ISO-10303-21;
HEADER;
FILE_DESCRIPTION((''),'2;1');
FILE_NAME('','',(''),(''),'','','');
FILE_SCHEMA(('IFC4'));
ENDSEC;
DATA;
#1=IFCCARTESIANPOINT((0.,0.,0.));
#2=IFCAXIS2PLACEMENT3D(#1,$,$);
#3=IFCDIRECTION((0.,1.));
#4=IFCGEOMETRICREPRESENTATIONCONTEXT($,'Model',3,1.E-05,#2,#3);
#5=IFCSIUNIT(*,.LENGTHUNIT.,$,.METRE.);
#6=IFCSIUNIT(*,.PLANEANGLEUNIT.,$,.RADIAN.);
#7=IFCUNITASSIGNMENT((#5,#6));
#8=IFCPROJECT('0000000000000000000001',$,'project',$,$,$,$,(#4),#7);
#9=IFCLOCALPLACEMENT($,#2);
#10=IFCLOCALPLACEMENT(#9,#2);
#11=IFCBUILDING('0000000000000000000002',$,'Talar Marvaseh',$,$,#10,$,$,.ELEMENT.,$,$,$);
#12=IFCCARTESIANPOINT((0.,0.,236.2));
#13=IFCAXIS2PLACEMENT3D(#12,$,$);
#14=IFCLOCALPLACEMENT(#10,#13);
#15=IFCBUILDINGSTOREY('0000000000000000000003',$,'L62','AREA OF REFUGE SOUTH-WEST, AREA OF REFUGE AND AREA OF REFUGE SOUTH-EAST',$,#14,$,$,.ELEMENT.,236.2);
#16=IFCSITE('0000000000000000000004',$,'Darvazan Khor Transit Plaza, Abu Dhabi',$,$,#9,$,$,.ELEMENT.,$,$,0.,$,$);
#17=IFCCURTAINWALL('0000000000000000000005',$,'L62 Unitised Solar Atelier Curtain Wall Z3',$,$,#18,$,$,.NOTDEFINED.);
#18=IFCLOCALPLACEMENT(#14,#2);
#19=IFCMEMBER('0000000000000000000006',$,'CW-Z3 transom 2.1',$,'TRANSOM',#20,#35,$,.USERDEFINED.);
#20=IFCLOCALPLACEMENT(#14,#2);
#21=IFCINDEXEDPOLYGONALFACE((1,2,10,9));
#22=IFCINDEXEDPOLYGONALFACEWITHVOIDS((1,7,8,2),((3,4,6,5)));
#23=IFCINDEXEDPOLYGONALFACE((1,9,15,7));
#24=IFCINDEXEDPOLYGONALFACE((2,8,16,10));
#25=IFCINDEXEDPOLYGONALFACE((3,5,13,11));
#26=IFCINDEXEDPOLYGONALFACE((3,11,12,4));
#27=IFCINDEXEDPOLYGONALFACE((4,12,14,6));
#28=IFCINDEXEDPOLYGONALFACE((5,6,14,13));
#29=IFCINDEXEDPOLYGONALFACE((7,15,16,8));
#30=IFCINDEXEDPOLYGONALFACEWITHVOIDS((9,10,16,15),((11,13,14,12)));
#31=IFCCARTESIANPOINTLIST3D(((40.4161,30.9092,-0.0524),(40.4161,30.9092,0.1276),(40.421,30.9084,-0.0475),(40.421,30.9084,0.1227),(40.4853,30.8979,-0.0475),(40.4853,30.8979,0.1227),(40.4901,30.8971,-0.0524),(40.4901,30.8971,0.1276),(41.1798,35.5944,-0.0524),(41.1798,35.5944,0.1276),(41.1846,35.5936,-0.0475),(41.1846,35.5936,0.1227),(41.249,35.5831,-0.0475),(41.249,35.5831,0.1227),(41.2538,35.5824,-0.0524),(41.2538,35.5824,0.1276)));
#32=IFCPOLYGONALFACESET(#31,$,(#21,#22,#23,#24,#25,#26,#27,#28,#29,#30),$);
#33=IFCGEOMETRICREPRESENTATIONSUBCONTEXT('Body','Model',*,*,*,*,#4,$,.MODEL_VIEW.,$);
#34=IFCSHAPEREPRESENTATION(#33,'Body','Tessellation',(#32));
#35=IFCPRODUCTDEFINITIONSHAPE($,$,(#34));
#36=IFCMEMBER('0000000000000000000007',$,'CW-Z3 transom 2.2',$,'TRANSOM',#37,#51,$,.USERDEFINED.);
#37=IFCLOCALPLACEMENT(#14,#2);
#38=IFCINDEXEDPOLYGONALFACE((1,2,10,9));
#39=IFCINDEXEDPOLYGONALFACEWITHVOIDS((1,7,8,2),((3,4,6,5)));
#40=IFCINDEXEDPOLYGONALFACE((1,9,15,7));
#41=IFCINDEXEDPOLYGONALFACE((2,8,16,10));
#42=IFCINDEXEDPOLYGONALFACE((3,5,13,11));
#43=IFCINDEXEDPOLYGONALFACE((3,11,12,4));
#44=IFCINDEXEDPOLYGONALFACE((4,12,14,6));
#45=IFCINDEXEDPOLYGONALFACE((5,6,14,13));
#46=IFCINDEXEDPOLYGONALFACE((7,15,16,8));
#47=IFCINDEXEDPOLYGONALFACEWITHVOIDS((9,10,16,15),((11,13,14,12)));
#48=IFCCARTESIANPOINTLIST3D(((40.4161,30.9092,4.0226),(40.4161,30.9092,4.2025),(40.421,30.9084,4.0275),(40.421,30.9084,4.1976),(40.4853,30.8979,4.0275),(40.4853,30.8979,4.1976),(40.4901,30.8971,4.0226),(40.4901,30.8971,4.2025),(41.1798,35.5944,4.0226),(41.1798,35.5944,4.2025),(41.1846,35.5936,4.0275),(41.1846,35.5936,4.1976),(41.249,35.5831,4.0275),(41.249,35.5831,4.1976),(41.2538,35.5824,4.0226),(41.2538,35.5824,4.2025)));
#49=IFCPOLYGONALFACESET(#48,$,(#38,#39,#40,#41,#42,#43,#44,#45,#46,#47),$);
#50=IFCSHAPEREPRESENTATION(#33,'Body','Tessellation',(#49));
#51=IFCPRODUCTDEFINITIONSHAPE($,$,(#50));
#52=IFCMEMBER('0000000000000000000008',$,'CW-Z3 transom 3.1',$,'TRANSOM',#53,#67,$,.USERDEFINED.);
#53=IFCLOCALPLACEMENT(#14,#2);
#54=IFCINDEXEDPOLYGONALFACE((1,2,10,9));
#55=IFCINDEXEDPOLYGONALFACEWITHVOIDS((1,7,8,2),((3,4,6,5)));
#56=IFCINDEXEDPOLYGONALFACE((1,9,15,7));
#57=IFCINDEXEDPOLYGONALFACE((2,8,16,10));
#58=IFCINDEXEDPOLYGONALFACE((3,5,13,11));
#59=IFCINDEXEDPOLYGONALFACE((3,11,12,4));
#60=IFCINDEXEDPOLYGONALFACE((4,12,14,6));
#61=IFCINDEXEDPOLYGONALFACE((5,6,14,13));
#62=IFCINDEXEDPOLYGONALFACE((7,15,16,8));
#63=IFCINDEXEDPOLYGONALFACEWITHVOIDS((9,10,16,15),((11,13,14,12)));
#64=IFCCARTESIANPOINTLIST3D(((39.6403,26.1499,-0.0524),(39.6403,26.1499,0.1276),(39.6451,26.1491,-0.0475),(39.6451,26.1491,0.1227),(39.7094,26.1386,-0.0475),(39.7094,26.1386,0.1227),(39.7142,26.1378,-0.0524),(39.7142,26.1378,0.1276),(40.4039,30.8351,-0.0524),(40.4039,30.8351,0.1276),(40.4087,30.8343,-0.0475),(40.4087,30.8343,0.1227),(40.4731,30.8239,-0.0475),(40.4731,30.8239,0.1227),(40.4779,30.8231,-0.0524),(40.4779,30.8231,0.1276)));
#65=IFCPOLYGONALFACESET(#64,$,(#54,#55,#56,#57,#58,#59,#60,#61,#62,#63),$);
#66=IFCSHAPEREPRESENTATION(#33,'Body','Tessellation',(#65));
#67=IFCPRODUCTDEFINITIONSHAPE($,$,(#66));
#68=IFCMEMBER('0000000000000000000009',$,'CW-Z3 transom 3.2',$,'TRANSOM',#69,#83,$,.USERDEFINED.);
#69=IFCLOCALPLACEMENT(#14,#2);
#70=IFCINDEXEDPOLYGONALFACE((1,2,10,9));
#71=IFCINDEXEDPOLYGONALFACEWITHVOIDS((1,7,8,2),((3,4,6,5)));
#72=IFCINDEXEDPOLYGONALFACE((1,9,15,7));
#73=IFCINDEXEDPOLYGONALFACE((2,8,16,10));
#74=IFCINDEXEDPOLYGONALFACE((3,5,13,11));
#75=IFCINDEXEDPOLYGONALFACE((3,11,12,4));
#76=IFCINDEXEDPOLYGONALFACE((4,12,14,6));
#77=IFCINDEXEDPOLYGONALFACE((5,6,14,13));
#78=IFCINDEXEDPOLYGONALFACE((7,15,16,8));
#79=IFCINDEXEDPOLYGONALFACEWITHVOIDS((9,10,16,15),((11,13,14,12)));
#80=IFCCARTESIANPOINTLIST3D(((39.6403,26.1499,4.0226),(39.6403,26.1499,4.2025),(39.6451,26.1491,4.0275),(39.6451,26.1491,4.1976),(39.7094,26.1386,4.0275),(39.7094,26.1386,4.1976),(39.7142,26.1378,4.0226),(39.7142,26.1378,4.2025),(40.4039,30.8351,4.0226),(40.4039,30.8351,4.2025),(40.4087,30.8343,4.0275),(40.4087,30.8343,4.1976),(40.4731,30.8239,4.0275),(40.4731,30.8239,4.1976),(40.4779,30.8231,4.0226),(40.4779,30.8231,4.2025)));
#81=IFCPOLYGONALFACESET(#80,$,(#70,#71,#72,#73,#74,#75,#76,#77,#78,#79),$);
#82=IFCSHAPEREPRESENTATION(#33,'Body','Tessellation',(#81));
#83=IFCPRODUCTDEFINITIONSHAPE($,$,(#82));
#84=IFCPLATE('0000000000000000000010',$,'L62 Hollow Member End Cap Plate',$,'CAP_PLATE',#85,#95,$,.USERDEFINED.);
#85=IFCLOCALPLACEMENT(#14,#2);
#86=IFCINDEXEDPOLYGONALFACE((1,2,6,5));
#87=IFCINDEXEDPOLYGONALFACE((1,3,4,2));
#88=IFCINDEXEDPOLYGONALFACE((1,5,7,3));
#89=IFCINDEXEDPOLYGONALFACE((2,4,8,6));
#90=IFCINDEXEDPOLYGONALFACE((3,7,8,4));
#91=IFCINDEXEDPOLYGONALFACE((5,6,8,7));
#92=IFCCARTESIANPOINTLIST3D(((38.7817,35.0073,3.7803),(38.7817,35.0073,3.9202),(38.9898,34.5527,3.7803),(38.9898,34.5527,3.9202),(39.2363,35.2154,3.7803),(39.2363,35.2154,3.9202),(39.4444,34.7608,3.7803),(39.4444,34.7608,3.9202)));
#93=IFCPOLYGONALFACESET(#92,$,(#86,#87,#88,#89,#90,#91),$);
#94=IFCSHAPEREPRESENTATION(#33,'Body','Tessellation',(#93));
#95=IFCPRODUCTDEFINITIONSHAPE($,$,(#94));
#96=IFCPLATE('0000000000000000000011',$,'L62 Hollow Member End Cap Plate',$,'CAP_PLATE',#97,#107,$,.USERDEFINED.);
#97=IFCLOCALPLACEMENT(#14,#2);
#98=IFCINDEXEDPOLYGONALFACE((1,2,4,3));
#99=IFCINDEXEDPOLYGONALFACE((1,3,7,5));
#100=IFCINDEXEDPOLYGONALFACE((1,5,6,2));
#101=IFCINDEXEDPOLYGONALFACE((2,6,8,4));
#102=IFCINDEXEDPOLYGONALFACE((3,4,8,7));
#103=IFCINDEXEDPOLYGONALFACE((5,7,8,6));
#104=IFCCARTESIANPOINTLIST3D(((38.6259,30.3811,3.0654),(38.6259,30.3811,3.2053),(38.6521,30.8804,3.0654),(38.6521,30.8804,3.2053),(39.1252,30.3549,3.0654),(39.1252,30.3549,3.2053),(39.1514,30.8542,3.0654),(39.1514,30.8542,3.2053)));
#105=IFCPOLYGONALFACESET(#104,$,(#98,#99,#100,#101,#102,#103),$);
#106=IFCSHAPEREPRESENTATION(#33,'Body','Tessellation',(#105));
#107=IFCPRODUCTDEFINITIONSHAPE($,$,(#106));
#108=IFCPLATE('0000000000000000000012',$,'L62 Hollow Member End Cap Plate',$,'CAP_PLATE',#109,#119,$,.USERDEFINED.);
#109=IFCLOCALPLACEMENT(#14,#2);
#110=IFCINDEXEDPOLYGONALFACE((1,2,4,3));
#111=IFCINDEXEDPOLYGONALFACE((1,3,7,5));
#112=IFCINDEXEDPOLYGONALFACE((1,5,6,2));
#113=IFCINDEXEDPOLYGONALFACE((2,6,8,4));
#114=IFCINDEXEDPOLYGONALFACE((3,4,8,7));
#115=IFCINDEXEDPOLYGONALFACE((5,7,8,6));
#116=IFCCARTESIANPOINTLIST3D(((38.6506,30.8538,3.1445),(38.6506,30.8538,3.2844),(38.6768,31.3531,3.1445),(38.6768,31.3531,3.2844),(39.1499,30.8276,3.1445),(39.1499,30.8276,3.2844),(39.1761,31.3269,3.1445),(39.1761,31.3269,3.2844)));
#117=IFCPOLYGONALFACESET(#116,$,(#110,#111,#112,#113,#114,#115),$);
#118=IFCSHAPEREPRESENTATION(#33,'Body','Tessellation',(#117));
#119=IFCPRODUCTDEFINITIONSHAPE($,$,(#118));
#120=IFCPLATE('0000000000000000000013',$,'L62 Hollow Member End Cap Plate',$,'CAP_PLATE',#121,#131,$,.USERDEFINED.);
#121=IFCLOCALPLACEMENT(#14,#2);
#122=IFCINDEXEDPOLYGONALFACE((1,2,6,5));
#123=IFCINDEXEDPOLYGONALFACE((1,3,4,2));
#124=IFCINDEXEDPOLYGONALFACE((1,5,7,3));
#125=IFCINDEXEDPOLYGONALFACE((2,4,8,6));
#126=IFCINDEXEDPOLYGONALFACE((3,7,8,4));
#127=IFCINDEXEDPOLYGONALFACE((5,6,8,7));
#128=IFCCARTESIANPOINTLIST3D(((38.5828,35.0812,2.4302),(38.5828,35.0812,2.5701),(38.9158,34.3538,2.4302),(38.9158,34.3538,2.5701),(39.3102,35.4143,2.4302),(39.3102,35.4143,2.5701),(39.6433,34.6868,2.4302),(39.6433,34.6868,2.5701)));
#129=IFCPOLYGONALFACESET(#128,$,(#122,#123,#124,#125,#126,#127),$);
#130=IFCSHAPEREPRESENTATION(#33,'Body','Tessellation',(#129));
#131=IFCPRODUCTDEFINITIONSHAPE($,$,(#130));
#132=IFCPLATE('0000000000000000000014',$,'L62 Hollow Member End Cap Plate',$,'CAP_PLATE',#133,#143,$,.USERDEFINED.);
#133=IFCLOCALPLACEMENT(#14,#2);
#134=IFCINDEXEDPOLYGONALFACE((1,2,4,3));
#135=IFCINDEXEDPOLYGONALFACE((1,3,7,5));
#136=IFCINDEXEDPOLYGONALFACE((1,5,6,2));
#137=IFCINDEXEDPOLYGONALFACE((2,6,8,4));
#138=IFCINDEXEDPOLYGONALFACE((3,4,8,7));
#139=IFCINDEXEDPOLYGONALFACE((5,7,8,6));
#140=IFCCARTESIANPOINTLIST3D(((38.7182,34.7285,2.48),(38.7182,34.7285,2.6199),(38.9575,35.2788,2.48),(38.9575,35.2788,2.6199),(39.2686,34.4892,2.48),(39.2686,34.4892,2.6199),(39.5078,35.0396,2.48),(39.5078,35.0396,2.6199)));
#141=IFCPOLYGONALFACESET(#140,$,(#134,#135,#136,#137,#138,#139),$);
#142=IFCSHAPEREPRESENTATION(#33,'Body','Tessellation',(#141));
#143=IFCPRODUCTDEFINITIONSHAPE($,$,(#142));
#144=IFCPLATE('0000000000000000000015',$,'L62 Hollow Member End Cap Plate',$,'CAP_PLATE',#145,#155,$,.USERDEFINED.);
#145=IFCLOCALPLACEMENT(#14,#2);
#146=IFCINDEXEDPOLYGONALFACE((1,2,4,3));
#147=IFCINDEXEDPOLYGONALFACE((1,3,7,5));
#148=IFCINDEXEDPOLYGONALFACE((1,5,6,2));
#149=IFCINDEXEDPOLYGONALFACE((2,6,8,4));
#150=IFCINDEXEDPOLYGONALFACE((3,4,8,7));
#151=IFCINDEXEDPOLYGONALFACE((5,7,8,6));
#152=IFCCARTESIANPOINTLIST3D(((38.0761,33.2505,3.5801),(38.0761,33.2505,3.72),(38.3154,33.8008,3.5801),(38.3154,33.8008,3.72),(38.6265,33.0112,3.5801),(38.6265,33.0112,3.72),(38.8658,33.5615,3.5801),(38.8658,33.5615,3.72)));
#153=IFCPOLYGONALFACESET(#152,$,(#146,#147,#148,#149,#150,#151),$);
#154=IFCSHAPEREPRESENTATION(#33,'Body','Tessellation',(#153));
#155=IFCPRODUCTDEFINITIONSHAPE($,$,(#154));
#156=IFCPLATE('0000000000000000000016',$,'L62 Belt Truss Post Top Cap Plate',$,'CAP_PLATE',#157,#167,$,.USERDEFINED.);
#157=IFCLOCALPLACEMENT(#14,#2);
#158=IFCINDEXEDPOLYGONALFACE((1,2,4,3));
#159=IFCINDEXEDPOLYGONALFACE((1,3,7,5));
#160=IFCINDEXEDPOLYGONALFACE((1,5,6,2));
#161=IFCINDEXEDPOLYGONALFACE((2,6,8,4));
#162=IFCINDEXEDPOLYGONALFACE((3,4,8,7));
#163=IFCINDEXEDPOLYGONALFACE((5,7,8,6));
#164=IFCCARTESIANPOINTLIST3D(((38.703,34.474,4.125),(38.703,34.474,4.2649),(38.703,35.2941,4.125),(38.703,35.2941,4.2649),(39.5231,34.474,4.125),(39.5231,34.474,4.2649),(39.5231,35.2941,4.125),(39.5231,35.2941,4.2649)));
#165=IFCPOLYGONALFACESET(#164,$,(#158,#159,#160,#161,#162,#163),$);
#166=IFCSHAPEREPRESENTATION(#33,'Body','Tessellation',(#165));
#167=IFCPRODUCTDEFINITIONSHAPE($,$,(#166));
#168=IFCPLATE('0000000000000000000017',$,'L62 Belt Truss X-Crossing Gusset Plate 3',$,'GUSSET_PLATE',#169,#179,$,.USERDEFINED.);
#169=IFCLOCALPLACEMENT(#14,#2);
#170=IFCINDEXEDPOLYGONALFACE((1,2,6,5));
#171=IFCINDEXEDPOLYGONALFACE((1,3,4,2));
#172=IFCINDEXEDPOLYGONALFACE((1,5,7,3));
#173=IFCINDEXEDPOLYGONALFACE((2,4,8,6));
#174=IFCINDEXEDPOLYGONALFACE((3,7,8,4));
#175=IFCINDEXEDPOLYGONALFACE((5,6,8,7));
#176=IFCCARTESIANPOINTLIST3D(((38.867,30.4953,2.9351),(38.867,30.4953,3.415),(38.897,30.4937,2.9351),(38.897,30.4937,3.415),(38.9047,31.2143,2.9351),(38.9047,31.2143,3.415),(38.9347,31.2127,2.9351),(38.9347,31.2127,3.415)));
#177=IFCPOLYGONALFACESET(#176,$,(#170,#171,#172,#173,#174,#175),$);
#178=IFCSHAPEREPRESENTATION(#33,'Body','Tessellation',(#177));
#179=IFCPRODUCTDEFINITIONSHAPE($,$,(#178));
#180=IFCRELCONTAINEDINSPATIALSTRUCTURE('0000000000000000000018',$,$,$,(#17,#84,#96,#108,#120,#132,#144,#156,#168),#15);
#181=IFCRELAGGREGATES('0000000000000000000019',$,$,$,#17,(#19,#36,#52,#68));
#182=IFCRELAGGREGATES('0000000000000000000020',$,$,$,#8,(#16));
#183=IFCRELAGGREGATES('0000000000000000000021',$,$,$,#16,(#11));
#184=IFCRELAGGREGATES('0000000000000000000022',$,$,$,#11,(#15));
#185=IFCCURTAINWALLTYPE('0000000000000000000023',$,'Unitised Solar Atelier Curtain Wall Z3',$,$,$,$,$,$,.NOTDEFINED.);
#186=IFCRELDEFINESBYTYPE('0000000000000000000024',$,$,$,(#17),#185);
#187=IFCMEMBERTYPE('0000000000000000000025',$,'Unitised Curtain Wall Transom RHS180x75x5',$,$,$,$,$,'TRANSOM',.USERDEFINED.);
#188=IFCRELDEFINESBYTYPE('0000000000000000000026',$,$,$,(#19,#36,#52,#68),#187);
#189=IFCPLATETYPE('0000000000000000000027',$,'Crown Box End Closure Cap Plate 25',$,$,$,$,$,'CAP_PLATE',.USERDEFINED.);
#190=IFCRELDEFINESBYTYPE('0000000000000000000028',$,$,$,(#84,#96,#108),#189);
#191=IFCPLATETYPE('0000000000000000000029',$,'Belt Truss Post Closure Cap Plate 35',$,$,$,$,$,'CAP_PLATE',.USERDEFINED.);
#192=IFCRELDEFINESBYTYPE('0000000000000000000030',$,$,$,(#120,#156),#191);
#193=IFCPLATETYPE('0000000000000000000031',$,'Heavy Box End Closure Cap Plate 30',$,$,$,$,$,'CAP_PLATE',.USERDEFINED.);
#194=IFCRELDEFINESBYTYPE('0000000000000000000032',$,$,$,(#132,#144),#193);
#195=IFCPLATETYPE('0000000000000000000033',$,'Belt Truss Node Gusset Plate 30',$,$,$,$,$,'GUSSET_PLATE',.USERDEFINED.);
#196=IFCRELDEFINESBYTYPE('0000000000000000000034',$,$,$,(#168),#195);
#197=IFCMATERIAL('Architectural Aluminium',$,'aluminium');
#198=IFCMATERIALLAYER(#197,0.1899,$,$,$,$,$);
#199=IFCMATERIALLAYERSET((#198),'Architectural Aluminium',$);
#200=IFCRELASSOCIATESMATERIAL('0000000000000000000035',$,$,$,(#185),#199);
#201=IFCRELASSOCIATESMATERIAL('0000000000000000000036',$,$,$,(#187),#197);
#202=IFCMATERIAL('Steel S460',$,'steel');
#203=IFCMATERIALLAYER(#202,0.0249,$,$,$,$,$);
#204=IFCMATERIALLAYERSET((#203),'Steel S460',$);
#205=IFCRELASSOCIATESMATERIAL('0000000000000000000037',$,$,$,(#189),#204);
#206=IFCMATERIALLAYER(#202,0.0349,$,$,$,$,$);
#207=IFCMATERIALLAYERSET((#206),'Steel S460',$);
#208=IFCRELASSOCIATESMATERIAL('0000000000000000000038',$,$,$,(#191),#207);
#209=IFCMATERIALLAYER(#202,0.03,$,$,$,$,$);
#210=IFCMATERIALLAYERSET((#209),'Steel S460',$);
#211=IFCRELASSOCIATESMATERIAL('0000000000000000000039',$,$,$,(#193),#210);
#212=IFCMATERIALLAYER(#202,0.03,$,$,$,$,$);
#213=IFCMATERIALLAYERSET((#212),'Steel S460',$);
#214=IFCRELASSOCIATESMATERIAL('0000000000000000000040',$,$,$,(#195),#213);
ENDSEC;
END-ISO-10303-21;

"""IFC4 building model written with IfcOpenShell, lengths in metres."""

from ifc_helpers import new_model, si_unit, direction, frame, origin, origin_2d, place, context, subcontext, project, spatial, rectangle, hollow_rectangle, extrude, source, transform, mapped, material, layer, layer_set, material_profile, profile_set, type_object, type_shapes, element, aggregate, save


model = new_model("IFC4")

# Units and contexts
model_context = context("Model", 3, precision=1e-05, world=origin(), true_north=direction((0.0, 1.0)))
body_context = subcontext(model_context, "Body", "Model", "MODEL_VIEW")
ifc_project = project(units=[si_unit("LENGTHUNIT", "METRE"), si_unit("PLANEANGLEUNIT", "RADIAN")], contexts=[model_context])

# Site, building, storey
site_placement = place(None, origin())
site = spatial("IfcSite", under=ifc_project, at=site_placement, Name="Darvazan Khor Transit Plaza, Abu Dhabi", CompositionType="ELEMENT", RefElevation=0.0)
building_placement = place(site_placement, origin())
building = spatial("IfcBuilding", under=site, at=building_placement, Name="Talar Marvaseh", CompositionType="ELEMENT")
storey_placement = place(building_placement, frame((0.0, 0.0, 236.2)))
storey = spatial("IfcBuildingStorey", under=building, at=storey_placement, Name="L62", Description="AREA OF REFUGE SOUTH-WEST, AREA OF REFUGE AND AREA OF REFUGE SOUTH-EAST", CompositionType="ELEMENT", Elevation=236.2)

# Shared definitions
ifc_material_1 = material(Name="Steel S460", Category="steel")

# Curtain wall, members
ifc_material_2 = material(Name="Architectural Aluminium", Category="aluminium")
ifc_layer_1 = layer(ifc_material_2, 0.1899)
ifc_layer_set_1 = layer_set([ifc_layer_1], Name="Architectural Aluminium")
curtain_wall_type = type_object("IfcCurtainWallType", Name="Unitised Solar Atelier Curtain Wall Z3", PredefinedType="NOTDEFINED", material=ifc_layer_set_1)
curtain_wall_placement = place(storey_placement, origin())
curtain_wall = element("IfcCurtainWall", 1, at=curtain_wall_placement, inside=storey, type_object=curtain_wall_type, Name="L62 Unitised Solar Atelier Curtain Wall Z3", PredefinedType="NOTDEFINED")
ifc_material_profile_1 = material_profile(ifc_material_2, hollow_rectangle(XDim=0.075, YDim=0.1799, WallThickness=0.0049, at=origin_2d()), Name="RHS180x75x5")
ifc_profile_set_1 = profile_set([ifc_material_profile_1], Name="Architectural Aluminium")
member_type_1 = type_object("IfcMemberType", Name="Unitised Curtain Wall Transom RHS180x75x5", ElementType="TRANSOM", PredefinedType="USERDEFINED", material=ifc_profile_set_1)
shared_shape_1 = source(origin(), body_context, "Body", "SweptSolid", [
    extrude(hollow_rectangle(XDim=0.075, YDim=0.1799, WallThickness=0.0049, at=origin_2d()), origin(), (0.0, 0.0, 1.0), 4.7471),
])
type_shapes(member_type_1, [shared_shape_1])
member_1_placement = place(storey_placement, frame((41.2168, 35.5884, 0.0376), z_axis=(-0.16087, -0.986976, 0.0), x_axis=(0.986976, -0.16087, 0.0)))
member_1 = element("IfcMember", 2, at=member_1_placement, type_object=member_type_1, Name="CW-Z3 transom 2.1", ObjectType="TRANSOM", PredefinedType="USERDEFINED", context=body_context, shape_type="MappedRepresentation", body=[
    mapped(shared_shape_1, transform((0.0, 0.0, 0.0), x_axis=(1.0, 0.0, 0.0), y_axis=(0.0, 1.0, 0.0), z_axis=(0.0, 0.0, 1.0), scale=1.0)),
])
member_2_placement = place(storey_placement, frame((41.2168, 35.5884, 4.1125), z_axis=(-0.16087, -0.986976, 0.0), x_axis=(0.986976, -0.16087, 0.0)))
member_2 = element("IfcMember", 3, at=member_2_placement, type_object=member_type_1, Name="CW-Z3 transom 2.2", ObjectType="TRANSOM", PredefinedType="USERDEFINED", context=body_context, shape_type="MappedRepresentation", body=[
    mapped(shared_shape_1, transform((0.0, 0.0, 0.0), x_axis=(1.0, 0.0, 0.0), y_axis=(0.0, 1.0, 0.0), z_axis=(0.0, 0.0, 1.0), scale=1.0)),
])
member_3_placement = place(storey_placement, frame((40.4409, 30.8291, 0.0376), z_axis=(-0.16087, -0.986976, 0.0), x_axis=(0.986976, -0.16087, 0.0)))
member_3 = element("IfcMember", 4, at=member_3_placement, type_object=member_type_1, Name="CW-Z3 transom 3.1", ObjectType="TRANSOM", PredefinedType="USERDEFINED", context=body_context, shape_type="MappedRepresentation", body=[
    mapped(shared_shape_1, transform((0.0, 0.0, 0.0), x_axis=(1.0, 0.0, 0.0), y_axis=(0.0, 1.0, 0.0), z_axis=(0.0, 0.0, 1.0), scale=1.0)),
])
member_4_placement = place(storey_placement, frame((40.4409, 30.8291, 4.1125), z_axis=(-0.16087, -0.986976, 0.0), x_axis=(0.986976, -0.16087, 0.0)))
member_4 = element("IfcMember", 5, at=member_4_placement, type_object=member_type_1, Name="CW-Z3 transom 3.2", ObjectType="TRANSOM", PredefinedType="USERDEFINED", context=body_context, shape_type="MappedRepresentation", body=[
    mapped(shared_shape_1, transform((0.0, 0.0, 0.0), x_axis=(1.0, 0.0, 0.0), y_axis=(0.0, 1.0, 0.0), z_axis=(0.0, 0.0, 1.0), scale=1.0)),
])

# Plates
ifc_layer_2 = layer(ifc_material_1, 0.0249)
ifc_layer_set_2 = layer_set([ifc_layer_2], Name="Steel S460")
plate_type_1 = type_object("IfcPlateType", Name="Crown Box End Closure Cap Plate 25", ElementType="CAP_PLATE", PredefinedType="USERDEFINED", material=ifc_layer_set_2)
shared_shape_2 = source(origin(), body_context, "Body", "SweptSolid", [
    extrude(rectangle(XDim=0.5, YDim=0.5, at=origin_2d()), origin(), (0.0, 0.0, 1.0), 0.1399),
])
type_shapes(plate_type_1, [shared_shape_2])
for number, where, z_axis, x_axis, name in (
    (6, (39.113, 34.884, 3.7803), (0.0, 0.0, 1.0), (0.416281, -0.909236, 0.0), "L62 Hollow Member End Cap Plate"),
    (7, (38.8887, 30.6177, 3.0654), (0.0, 0.0, 1.0), (0.052336, 0.99863, 0.0), "L62 Hollow Member End Cap Plate"),
    (8, (38.9133, 31.0903, 3.1445), (0.0, 0.0, 1.0), (0.052336, 0.99863, 0.0), "L62 Hollow Member End Cap Plate"),
):
    element("IfcPlate", number, at=place(storey_placement, frame(where, z_axis=z_axis, x_axis=x_axis)), inside=storey, type_object=plate_type_1, Name=name, ObjectType="CAP_PLATE", PredefinedType="USERDEFINED", context=body_context, shape_type="MappedRepresentation", body=[
        mapped(shared_shape_2, transform((0.0, 0.0, 0.0), x_axis=(1.0, 0.0, 0.0), y_axis=(0.0, 1.0, 0.0), z_axis=(0.0, 0.0, 1.0), scale=1.0)),
    ])
ifc_layer_3 = layer(ifc_material_1, 0.0349)
ifc_layer_set_3 = layer_set([ifc_layer_3], Name="Steel S460")
plate_type_2 = type_object("IfcPlateType", Name="Belt Truss Post Closure Cap Plate 35", ElementType="CAP_PLATE", PredefinedType="USERDEFINED", material=ifc_layer_set_3)
shared_shape_3 = source(origin(), body_context, "Body", "SweptSolid", [
    extrude(rectangle(XDim=0.8, YDim=0.8, at=origin_2d()), origin(), (0.0, 0.0, 1.0), 0.1399),
])
plate_1_placement = place(storey_placement, frame((39.113, 34.884, 2.4302), z_axis=(0.0, 0.0, 1.0), x_axis=(0.416281, -0.909236, 0.0)))
element("IfcPlate", 9, at=plate_1_placement, inside=storey, type_object=plate_type_2, Name="L62 Hollow Member End Cap Plate", ObjectType="CAP_PLATE", PredefinedType="USERDEFINED", context=body_context, shape_type="MappedRepresentation", body=[
    mapped(shared_shape_3, transform((0.0, 0.0, 0.0), x_axis=(1.0, 0.0, 0.0), y_axis=(0.0, 1.0, 0.0), z_axis=(0.0, 0.0, 1.0), scale=1.0)),
])
ifc_layer_4 = layer(ifc_material_1, 0.03)
ifc_layer_set_4 = layer_set([ifc_layer_4], Name="Steel S460")
plate_type_3 = type_object("IfcPlateType", Name="Heavy Box End Closure Cap Plate 30", ElementType="CAP_PLATE", PredefinedType="USERDEFINED", material=ifc_layer_set_4)
shared_shape_4 = source(origin(), body_context, "Body", "SweptSolid", [
    extrude(rectangle(XDim=0.6001, YDim=0.6001, at=origin_2d()), origin(), (0.0, 0.0, 1.0), 0.1399),
])
type_shapes(plate_type_3, [shared_shape_4])
for number, where, z_axis, x_axis, name in (
    (10, (39.113, 34.884, 2.48), (0.0, 0.0, 1.0), (-0.398749, -0.91706, 0.0), "L62 Hollow Member End Cap Plate"),
    (11, (38.4709, 33.406, 3.5801), (0.0, 0.0, 1.0), (-0.398749, -0.91706, 0.0), "L62 Hollow Member End Cap Plate"),
):
    element("IfcPlate", number, at=place(storey_placement, frame(where, z_axis=z_axis, x_axis=x_axis)), inside=storey, type_object=plate_type_3, Name=name, ObjectType="CAP_PLATE", PredefinedType="USERDEFINED", context=body_context, shape_type="MappedRepresentation", body=[
        mapped(shared_shape_4, transform((0.0, 0.0, 0.0), x_axis=(1.0, 0.0, 0.0), y_axis=(0.0, 1.0, 0.0), z_axis=(0.0, 0.0, 1.0), scale=1.0)),
    ])
shared_shape_5 = source(origin(), body_context, "Body", "SweptSolid", [
    extrude(rectangle(XDim=0.8201, YDim=0.8201, at=origin_2d()), origin(), (0.0, 0.0, 1.0), 0.1399),
])
type_shapes(plate_type_2, [shared_shape_3, shared_shape_5])
plate_2_placement = place(storey_placement, frame((39.113, 34.884, 4.125), z_axis=(0.0, 0.0, 1.0), x_axis=(1.0, 0.0, 0.0)))
element("IfcPlate", 12, at=plate_2_placement, inside=storey, type_object=plate_type_2, Name="L62 Belt Truss Post Top Cap Plate", ObjectType="CAP_PLATE", PredefinedType="USERDEFINED", context=body_context, shape_type="MappedRepresentation", body=[
    mapped(shared_shape_5, transform((0.0, 0.0, 0.0), x_axis=(1.0, 0.0, 0.0), y_axis=(0.0, 1.0, 0.0), z_axis=(0.0, 0.0, 1.0), scale=1.0)),
])
ifc_layer_5 = layer(ifc_material_1, 0.03)
ifc_layer_set_5 = layer_set([ifc_layer_5], Name="Steel S460")
plate_type_4 = type_object("IfcPlateType", Name="Belt Truss Node Gusset Plate 30", ElementType="GUSSET_PLATE", PredefinedType="USERDEFINED", material=ifc_layer_set_5)
shared_shape_6 = source(origin(), body_context, "Body", "SweptSolid", [
    extrude(rectangle(XDim=0.72, YDim=0.03, at=origin_2d()), origin(), (0.0, 0.0, 1.0), 0.48),
])
type_shapes(plate_type_4, [shared_shape_6])
plate_3_placement = place(storey_placement, frame((38.9009, 30.854, 2.9351), z_axis=(0.0, 0.0, 1.0), x_axis=(-0.052336, -0.99863, 0.0)))
element("IfcPlate", 13, at=plate_3_placement, inside=storey, type_object=plate_type_4, Name="L62 Belt Truss X-Crossing Gusset Plate 3", ObjectType="GUSSET_PLATE", PredefinedType="USERDEFINED", context=body_context, shape_type="MappedRepresentation", body=[
    mapped(shared_shape_6, transform((0.0, 0.0, 0.0), x_axis=(1.0, 0.0, 0.0), y_axis=(0.0, 1.0, 0.0), z_axis=(0.0, 0.0, 1.0), scale=1.0)),
])

aggregate(curtain_wall, [member_1, member_2, member_3, member_4])

save(model, "model.ifc")
